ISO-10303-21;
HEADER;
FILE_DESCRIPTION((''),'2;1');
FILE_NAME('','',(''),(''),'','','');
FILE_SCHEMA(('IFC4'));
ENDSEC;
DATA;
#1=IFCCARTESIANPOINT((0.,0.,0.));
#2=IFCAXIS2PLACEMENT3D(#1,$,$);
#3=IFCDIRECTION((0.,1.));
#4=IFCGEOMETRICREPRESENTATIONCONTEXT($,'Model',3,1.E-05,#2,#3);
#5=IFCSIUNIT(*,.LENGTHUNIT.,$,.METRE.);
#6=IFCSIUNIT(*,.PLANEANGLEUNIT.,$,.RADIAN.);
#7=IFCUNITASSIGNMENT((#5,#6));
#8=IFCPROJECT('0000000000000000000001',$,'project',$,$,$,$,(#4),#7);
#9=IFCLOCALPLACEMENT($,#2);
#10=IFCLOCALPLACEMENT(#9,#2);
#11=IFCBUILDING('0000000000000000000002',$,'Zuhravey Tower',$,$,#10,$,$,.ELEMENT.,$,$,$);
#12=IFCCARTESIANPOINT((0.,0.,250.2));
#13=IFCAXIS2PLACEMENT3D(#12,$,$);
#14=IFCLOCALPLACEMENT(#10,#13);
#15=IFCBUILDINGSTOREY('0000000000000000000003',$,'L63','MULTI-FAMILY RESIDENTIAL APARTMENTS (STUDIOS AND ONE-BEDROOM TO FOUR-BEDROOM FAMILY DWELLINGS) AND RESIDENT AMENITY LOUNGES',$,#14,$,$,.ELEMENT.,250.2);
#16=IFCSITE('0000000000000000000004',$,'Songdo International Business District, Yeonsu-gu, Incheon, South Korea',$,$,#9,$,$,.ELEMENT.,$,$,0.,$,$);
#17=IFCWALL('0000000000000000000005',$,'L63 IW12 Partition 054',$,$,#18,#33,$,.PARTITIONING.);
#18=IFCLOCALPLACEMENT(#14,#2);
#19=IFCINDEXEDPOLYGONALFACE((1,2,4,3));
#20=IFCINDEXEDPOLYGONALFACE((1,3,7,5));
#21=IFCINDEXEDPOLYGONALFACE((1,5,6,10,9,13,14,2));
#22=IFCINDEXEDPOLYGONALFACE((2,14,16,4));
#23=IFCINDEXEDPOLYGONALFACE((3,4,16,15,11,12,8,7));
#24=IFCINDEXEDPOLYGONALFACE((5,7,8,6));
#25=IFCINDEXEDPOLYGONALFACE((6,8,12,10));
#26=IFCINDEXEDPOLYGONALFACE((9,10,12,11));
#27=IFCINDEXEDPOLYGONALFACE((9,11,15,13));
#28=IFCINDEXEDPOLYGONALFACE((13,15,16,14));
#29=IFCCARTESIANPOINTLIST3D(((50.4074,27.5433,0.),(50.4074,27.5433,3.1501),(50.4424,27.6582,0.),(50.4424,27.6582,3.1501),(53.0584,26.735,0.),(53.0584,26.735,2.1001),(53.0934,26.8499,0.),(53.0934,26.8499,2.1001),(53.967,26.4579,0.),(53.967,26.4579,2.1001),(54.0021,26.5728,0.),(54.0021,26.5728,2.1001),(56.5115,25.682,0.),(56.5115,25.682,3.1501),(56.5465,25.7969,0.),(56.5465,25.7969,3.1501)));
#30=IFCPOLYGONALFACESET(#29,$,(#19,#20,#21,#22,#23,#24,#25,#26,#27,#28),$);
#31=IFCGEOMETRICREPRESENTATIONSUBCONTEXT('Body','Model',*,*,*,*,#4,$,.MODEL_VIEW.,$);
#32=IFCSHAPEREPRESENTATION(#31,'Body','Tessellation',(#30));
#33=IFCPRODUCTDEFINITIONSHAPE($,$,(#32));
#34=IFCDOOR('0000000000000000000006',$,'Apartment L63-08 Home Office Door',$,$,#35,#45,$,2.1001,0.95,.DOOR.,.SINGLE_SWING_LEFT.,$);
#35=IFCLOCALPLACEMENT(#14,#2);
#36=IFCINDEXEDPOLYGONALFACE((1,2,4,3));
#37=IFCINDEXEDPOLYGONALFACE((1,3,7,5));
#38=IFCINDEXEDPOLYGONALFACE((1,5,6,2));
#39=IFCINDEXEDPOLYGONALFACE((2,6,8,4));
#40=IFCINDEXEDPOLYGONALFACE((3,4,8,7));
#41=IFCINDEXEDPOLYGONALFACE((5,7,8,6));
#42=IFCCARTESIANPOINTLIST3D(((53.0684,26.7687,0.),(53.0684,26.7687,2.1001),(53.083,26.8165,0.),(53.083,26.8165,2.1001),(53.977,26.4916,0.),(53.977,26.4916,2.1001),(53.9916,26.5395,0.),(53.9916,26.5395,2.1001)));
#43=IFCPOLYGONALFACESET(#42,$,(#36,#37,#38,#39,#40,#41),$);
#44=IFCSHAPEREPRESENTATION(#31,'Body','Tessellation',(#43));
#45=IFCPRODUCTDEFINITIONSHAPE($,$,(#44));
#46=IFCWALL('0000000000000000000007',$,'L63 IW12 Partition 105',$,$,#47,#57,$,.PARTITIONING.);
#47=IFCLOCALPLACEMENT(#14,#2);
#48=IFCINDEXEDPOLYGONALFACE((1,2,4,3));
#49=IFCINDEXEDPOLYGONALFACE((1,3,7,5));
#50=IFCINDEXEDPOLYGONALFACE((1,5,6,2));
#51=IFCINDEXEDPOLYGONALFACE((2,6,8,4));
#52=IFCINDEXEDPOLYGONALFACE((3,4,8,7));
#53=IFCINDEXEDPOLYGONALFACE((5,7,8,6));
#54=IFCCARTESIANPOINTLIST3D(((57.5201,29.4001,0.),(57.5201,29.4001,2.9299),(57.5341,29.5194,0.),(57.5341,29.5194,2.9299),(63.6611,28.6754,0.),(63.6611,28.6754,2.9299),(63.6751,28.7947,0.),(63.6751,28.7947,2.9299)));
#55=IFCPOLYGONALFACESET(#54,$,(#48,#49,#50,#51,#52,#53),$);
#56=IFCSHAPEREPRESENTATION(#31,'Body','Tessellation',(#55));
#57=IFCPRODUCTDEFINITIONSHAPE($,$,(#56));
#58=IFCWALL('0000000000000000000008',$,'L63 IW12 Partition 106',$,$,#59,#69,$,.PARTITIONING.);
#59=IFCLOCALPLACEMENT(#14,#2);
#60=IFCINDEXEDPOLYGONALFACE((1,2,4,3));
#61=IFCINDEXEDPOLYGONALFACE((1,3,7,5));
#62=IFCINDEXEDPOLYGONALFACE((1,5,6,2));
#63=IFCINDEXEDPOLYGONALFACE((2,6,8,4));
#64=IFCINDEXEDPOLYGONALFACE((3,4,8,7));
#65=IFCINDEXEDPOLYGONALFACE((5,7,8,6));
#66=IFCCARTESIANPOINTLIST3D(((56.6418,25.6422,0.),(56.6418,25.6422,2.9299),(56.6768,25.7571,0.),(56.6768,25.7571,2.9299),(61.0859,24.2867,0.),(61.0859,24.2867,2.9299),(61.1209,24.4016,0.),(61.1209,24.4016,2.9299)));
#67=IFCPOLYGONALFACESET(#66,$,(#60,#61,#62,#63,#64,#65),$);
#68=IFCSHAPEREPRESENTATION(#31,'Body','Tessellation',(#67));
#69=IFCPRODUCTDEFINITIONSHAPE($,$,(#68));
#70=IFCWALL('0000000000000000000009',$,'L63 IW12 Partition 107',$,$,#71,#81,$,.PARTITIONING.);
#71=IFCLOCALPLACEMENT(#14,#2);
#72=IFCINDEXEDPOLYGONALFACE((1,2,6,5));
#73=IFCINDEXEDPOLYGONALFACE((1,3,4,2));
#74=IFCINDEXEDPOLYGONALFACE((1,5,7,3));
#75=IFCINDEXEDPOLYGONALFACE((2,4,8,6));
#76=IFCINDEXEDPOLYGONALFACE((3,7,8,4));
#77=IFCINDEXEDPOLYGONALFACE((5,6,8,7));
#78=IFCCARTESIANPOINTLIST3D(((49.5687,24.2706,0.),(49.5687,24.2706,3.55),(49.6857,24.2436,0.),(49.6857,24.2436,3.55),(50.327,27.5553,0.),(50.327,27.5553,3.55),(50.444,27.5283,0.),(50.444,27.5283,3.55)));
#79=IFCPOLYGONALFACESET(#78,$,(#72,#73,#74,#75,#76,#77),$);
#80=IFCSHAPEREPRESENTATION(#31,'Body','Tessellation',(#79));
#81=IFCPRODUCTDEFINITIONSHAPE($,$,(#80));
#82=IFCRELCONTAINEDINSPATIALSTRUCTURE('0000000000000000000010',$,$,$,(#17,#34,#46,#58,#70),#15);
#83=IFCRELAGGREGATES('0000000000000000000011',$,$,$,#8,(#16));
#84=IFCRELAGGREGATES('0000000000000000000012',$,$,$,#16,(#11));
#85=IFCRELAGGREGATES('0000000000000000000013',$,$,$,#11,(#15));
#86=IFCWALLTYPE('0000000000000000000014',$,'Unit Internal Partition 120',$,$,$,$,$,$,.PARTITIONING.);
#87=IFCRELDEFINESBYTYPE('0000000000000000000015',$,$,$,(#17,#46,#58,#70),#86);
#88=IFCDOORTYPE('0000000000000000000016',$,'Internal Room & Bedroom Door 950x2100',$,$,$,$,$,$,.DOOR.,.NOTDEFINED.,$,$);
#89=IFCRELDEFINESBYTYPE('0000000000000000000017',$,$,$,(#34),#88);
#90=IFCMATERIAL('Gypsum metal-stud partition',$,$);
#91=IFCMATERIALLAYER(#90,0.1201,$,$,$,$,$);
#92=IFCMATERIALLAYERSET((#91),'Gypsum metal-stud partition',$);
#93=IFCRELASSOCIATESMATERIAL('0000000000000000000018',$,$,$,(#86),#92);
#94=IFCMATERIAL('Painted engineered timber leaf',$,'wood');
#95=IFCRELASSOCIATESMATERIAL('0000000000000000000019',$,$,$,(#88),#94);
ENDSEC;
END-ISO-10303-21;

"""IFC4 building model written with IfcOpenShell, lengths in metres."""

from ifc_helpers import new_model, si_unit, direction, frame, frame_2d, origin, place, context, subcontext, project, spatial, rectangle, extrude, material, layer, layer_set, type_object, element, fill, save


model = new_model("IFC4")

# Units and contexts
model_context = context("Model", 3, precision=1e-05, world=origin(), true_north=direction((0.0, 1.0)))
body_context = subcontext(model_context, "Body", "Model", "MODEL_VIEW")
ifc_project = project(units=[si_unit("LENGTHUNIT", "METRE"), si_unit("PLANEANGLEUNIT", "RADIAN")], contexts=[model_context])

# Site, building, storey
site_placement = place(None, origin())
site = spatial("IfcSite", under=ifc_project, at=site_placement, Name="Songdo International Business District, Yeonsu-gu, Incheon, South Korea", CompositionType="ELEMENT", RefElevation=0.0)
building_placement = place(site_placement, origin())
building = spatial("IfcBuilding", under=site, at=building_placement, Name="Zuhravey Tower", CompositionType="ELEMENT")
storey_placement = place(building_placement, frame((0.0, 0.0, 250.2)))
storey = spatial("IfcBuildingStorey", under=building, at=storey_placement, Name="L63", Description="MULTI-FAMILY RESIDENTIAL APARTMENTS (STUDIOS AND ONE-BEDROOM TO FOUR-BEDROOM FAMILY DWELLINGS) AND RESIDENT AMENITY LOUNGES", CompositionType="ELEMENT", Elevation=250.2)

# Shared definitions
ifc_material_1 = material(Name="Gypsum metal-stud partition")
ifc_layer_1 = layer(ifc_material_1, 0.1201)
ifc_layer_set_1 = layer_set([ifc_layer_1], Name="Gypsum metal-stud partition")
wall_type_1 = type_object("IfcWallType", Name="Unit Internal Partition 120", PredefinedType="PARTITIONING", material=ifc_layer_set_1)
ifc_material_2 = material(Name="Painted engineered timber leaf", Category="wood")
door_type_1 = type_object("IfcDoorType", Name="Internal Room & Bedroom Door 950x2100", OperationType="NOTDEFINED", PredefinedType="DOOR", material=ifc_material_2)

# Wall, opening, door
wall_1_placement = place(storey_placement, frame((50.4248, 27.6008, 0.0), z_axis=(0.0, 0.0, 1.0), x_axis=(0.956517, -0.291676, 0.0)))
wall_1 = element("IfcWall", 1, at=wall_1_placement, inside=storey, type_object=wall_type_1, Name="L63 IW12 Partition 054", PredefinedType="PARTITIONING", context=body_context, shape_type="SweptSolid", body=[
    extrude(rectangle(XDim=6.3816, YDim=0.1201, at=frame_2d((3.1909, 0.0))), origin(), (0.0, 0.0, 1.0), 3.1501),
])
opening_1_placement = place(wall_1_placement, frame((2.7715, 0.0, 0.0)))
opening_1 = element("IfcOpeningElement", 2, at=opening_1_placement, cuts=wall_1, PredefinedType="OPENING", context=body_context, shape_type="SweptSolid", body=[
    extrude(rectangle(XDim=0.95, YDim=2.1001, at=frame_2d((0.4751, 1.05))), frame((0.0, 0.072, 0.0), z_axis=(0.0, -1.0, 0.0), x_axis=(1.0, 0.0, 0.0)), (0.0, 0.0, 1.0), 0.144),
])
door_1_placement = place(opening_1_placement, frame((0.95, 0.0, 0.0), z_axis=(0.0, 0.0, 1.0), x_axis=(-1.0, 0.0, 0.0)))
door_1 = element("IfcDoor", 3, at=door_1_placement, inside=storey, type_object=door_type_1, Name="Apartment L63-08 Home Office Door", OperationType="SINGLE_SWING_LEFT", OverallHeight=2.1001, OverallWidth=0.95, PredefinedType="DOOR", context=body_context, shape_type="SweptSolid", body=[
    extrude(rectangle(XDim=0.95, YDim=2.1001, at=frame_2d((0.4751, 1.05))), frame((0.0, 0.0249, 0.0), z_axis=(0.0, -1.0, 0.0), x_axis=(1.0, 0.0, 0.0)), (0.0, 0.0, 1.0), 0.05),
])
fill(opening_1, door_1)

# Walls
wall_2_placement = place(storey_placement, frame((57.5271, 29.4597, 0.0), z_axis=(0.0, 0.0, 1.0), x_axis=(0.99311, -0.117185, 0.0)))
element("IfcWall", 4, at=wall_2_placement, inside=storey, type_object=wall_type_1, Name="L63 IW12 Partition 105", PredefinedType="PARTITIONING", context=body_context, shape_type="SweptSolid", body=[
    extrude(rectangle(XDim=6.1836, YDim=0.1201, at=frame_2d((3.0918, 0.0))), origin(), (0.0, 0.0, 1.0), 2.9299),
])
wall_3_placement = place(storey_placement, frame((56.6592, 25.6997, 0.0), z_axis=(0.0, 0.0, 1.0), x_axis=(0.956499, -0.291737, 0.0)))
element("IfcWall", 5, at=wall_3_placement, inside=storey, type_object=wall_type_1, Name="L63 IW12 Partition 106", PredefinedType="PARTITIONING", context=body_context, shape_type="SweptSolid", body=[
    extrude(rectangle(XDim=4.6462, YDim=0.1201, at=frame_2d((2.3232, 0.0))), origin(), (0.0, 0.0, 1.0), 2.9299),
])
wall_4_placement = place(storey_placement, frame((49.6272, 24.2571, 0.0), z_axis=(0.0, 0.0, 1.0), x_axis=(0.224944, 0.974372, 0.0)))
element("IfcWall", 6, at=wall_4_placement, inside=storey, type_object=wall_type_1, Name="L63 IW12 Partition 107", PredefinedType="PARTITIONING", context=body_context, shape_type="SweptSolid", body=[
    extrude(rectangle(XDim=3.3711, YDim=0.1201, at=frame_2d((1.6855, 0.0))), origin(), (0.0, 0.0, 1.0), 3.55),
])

save(model, "model.ifc")
